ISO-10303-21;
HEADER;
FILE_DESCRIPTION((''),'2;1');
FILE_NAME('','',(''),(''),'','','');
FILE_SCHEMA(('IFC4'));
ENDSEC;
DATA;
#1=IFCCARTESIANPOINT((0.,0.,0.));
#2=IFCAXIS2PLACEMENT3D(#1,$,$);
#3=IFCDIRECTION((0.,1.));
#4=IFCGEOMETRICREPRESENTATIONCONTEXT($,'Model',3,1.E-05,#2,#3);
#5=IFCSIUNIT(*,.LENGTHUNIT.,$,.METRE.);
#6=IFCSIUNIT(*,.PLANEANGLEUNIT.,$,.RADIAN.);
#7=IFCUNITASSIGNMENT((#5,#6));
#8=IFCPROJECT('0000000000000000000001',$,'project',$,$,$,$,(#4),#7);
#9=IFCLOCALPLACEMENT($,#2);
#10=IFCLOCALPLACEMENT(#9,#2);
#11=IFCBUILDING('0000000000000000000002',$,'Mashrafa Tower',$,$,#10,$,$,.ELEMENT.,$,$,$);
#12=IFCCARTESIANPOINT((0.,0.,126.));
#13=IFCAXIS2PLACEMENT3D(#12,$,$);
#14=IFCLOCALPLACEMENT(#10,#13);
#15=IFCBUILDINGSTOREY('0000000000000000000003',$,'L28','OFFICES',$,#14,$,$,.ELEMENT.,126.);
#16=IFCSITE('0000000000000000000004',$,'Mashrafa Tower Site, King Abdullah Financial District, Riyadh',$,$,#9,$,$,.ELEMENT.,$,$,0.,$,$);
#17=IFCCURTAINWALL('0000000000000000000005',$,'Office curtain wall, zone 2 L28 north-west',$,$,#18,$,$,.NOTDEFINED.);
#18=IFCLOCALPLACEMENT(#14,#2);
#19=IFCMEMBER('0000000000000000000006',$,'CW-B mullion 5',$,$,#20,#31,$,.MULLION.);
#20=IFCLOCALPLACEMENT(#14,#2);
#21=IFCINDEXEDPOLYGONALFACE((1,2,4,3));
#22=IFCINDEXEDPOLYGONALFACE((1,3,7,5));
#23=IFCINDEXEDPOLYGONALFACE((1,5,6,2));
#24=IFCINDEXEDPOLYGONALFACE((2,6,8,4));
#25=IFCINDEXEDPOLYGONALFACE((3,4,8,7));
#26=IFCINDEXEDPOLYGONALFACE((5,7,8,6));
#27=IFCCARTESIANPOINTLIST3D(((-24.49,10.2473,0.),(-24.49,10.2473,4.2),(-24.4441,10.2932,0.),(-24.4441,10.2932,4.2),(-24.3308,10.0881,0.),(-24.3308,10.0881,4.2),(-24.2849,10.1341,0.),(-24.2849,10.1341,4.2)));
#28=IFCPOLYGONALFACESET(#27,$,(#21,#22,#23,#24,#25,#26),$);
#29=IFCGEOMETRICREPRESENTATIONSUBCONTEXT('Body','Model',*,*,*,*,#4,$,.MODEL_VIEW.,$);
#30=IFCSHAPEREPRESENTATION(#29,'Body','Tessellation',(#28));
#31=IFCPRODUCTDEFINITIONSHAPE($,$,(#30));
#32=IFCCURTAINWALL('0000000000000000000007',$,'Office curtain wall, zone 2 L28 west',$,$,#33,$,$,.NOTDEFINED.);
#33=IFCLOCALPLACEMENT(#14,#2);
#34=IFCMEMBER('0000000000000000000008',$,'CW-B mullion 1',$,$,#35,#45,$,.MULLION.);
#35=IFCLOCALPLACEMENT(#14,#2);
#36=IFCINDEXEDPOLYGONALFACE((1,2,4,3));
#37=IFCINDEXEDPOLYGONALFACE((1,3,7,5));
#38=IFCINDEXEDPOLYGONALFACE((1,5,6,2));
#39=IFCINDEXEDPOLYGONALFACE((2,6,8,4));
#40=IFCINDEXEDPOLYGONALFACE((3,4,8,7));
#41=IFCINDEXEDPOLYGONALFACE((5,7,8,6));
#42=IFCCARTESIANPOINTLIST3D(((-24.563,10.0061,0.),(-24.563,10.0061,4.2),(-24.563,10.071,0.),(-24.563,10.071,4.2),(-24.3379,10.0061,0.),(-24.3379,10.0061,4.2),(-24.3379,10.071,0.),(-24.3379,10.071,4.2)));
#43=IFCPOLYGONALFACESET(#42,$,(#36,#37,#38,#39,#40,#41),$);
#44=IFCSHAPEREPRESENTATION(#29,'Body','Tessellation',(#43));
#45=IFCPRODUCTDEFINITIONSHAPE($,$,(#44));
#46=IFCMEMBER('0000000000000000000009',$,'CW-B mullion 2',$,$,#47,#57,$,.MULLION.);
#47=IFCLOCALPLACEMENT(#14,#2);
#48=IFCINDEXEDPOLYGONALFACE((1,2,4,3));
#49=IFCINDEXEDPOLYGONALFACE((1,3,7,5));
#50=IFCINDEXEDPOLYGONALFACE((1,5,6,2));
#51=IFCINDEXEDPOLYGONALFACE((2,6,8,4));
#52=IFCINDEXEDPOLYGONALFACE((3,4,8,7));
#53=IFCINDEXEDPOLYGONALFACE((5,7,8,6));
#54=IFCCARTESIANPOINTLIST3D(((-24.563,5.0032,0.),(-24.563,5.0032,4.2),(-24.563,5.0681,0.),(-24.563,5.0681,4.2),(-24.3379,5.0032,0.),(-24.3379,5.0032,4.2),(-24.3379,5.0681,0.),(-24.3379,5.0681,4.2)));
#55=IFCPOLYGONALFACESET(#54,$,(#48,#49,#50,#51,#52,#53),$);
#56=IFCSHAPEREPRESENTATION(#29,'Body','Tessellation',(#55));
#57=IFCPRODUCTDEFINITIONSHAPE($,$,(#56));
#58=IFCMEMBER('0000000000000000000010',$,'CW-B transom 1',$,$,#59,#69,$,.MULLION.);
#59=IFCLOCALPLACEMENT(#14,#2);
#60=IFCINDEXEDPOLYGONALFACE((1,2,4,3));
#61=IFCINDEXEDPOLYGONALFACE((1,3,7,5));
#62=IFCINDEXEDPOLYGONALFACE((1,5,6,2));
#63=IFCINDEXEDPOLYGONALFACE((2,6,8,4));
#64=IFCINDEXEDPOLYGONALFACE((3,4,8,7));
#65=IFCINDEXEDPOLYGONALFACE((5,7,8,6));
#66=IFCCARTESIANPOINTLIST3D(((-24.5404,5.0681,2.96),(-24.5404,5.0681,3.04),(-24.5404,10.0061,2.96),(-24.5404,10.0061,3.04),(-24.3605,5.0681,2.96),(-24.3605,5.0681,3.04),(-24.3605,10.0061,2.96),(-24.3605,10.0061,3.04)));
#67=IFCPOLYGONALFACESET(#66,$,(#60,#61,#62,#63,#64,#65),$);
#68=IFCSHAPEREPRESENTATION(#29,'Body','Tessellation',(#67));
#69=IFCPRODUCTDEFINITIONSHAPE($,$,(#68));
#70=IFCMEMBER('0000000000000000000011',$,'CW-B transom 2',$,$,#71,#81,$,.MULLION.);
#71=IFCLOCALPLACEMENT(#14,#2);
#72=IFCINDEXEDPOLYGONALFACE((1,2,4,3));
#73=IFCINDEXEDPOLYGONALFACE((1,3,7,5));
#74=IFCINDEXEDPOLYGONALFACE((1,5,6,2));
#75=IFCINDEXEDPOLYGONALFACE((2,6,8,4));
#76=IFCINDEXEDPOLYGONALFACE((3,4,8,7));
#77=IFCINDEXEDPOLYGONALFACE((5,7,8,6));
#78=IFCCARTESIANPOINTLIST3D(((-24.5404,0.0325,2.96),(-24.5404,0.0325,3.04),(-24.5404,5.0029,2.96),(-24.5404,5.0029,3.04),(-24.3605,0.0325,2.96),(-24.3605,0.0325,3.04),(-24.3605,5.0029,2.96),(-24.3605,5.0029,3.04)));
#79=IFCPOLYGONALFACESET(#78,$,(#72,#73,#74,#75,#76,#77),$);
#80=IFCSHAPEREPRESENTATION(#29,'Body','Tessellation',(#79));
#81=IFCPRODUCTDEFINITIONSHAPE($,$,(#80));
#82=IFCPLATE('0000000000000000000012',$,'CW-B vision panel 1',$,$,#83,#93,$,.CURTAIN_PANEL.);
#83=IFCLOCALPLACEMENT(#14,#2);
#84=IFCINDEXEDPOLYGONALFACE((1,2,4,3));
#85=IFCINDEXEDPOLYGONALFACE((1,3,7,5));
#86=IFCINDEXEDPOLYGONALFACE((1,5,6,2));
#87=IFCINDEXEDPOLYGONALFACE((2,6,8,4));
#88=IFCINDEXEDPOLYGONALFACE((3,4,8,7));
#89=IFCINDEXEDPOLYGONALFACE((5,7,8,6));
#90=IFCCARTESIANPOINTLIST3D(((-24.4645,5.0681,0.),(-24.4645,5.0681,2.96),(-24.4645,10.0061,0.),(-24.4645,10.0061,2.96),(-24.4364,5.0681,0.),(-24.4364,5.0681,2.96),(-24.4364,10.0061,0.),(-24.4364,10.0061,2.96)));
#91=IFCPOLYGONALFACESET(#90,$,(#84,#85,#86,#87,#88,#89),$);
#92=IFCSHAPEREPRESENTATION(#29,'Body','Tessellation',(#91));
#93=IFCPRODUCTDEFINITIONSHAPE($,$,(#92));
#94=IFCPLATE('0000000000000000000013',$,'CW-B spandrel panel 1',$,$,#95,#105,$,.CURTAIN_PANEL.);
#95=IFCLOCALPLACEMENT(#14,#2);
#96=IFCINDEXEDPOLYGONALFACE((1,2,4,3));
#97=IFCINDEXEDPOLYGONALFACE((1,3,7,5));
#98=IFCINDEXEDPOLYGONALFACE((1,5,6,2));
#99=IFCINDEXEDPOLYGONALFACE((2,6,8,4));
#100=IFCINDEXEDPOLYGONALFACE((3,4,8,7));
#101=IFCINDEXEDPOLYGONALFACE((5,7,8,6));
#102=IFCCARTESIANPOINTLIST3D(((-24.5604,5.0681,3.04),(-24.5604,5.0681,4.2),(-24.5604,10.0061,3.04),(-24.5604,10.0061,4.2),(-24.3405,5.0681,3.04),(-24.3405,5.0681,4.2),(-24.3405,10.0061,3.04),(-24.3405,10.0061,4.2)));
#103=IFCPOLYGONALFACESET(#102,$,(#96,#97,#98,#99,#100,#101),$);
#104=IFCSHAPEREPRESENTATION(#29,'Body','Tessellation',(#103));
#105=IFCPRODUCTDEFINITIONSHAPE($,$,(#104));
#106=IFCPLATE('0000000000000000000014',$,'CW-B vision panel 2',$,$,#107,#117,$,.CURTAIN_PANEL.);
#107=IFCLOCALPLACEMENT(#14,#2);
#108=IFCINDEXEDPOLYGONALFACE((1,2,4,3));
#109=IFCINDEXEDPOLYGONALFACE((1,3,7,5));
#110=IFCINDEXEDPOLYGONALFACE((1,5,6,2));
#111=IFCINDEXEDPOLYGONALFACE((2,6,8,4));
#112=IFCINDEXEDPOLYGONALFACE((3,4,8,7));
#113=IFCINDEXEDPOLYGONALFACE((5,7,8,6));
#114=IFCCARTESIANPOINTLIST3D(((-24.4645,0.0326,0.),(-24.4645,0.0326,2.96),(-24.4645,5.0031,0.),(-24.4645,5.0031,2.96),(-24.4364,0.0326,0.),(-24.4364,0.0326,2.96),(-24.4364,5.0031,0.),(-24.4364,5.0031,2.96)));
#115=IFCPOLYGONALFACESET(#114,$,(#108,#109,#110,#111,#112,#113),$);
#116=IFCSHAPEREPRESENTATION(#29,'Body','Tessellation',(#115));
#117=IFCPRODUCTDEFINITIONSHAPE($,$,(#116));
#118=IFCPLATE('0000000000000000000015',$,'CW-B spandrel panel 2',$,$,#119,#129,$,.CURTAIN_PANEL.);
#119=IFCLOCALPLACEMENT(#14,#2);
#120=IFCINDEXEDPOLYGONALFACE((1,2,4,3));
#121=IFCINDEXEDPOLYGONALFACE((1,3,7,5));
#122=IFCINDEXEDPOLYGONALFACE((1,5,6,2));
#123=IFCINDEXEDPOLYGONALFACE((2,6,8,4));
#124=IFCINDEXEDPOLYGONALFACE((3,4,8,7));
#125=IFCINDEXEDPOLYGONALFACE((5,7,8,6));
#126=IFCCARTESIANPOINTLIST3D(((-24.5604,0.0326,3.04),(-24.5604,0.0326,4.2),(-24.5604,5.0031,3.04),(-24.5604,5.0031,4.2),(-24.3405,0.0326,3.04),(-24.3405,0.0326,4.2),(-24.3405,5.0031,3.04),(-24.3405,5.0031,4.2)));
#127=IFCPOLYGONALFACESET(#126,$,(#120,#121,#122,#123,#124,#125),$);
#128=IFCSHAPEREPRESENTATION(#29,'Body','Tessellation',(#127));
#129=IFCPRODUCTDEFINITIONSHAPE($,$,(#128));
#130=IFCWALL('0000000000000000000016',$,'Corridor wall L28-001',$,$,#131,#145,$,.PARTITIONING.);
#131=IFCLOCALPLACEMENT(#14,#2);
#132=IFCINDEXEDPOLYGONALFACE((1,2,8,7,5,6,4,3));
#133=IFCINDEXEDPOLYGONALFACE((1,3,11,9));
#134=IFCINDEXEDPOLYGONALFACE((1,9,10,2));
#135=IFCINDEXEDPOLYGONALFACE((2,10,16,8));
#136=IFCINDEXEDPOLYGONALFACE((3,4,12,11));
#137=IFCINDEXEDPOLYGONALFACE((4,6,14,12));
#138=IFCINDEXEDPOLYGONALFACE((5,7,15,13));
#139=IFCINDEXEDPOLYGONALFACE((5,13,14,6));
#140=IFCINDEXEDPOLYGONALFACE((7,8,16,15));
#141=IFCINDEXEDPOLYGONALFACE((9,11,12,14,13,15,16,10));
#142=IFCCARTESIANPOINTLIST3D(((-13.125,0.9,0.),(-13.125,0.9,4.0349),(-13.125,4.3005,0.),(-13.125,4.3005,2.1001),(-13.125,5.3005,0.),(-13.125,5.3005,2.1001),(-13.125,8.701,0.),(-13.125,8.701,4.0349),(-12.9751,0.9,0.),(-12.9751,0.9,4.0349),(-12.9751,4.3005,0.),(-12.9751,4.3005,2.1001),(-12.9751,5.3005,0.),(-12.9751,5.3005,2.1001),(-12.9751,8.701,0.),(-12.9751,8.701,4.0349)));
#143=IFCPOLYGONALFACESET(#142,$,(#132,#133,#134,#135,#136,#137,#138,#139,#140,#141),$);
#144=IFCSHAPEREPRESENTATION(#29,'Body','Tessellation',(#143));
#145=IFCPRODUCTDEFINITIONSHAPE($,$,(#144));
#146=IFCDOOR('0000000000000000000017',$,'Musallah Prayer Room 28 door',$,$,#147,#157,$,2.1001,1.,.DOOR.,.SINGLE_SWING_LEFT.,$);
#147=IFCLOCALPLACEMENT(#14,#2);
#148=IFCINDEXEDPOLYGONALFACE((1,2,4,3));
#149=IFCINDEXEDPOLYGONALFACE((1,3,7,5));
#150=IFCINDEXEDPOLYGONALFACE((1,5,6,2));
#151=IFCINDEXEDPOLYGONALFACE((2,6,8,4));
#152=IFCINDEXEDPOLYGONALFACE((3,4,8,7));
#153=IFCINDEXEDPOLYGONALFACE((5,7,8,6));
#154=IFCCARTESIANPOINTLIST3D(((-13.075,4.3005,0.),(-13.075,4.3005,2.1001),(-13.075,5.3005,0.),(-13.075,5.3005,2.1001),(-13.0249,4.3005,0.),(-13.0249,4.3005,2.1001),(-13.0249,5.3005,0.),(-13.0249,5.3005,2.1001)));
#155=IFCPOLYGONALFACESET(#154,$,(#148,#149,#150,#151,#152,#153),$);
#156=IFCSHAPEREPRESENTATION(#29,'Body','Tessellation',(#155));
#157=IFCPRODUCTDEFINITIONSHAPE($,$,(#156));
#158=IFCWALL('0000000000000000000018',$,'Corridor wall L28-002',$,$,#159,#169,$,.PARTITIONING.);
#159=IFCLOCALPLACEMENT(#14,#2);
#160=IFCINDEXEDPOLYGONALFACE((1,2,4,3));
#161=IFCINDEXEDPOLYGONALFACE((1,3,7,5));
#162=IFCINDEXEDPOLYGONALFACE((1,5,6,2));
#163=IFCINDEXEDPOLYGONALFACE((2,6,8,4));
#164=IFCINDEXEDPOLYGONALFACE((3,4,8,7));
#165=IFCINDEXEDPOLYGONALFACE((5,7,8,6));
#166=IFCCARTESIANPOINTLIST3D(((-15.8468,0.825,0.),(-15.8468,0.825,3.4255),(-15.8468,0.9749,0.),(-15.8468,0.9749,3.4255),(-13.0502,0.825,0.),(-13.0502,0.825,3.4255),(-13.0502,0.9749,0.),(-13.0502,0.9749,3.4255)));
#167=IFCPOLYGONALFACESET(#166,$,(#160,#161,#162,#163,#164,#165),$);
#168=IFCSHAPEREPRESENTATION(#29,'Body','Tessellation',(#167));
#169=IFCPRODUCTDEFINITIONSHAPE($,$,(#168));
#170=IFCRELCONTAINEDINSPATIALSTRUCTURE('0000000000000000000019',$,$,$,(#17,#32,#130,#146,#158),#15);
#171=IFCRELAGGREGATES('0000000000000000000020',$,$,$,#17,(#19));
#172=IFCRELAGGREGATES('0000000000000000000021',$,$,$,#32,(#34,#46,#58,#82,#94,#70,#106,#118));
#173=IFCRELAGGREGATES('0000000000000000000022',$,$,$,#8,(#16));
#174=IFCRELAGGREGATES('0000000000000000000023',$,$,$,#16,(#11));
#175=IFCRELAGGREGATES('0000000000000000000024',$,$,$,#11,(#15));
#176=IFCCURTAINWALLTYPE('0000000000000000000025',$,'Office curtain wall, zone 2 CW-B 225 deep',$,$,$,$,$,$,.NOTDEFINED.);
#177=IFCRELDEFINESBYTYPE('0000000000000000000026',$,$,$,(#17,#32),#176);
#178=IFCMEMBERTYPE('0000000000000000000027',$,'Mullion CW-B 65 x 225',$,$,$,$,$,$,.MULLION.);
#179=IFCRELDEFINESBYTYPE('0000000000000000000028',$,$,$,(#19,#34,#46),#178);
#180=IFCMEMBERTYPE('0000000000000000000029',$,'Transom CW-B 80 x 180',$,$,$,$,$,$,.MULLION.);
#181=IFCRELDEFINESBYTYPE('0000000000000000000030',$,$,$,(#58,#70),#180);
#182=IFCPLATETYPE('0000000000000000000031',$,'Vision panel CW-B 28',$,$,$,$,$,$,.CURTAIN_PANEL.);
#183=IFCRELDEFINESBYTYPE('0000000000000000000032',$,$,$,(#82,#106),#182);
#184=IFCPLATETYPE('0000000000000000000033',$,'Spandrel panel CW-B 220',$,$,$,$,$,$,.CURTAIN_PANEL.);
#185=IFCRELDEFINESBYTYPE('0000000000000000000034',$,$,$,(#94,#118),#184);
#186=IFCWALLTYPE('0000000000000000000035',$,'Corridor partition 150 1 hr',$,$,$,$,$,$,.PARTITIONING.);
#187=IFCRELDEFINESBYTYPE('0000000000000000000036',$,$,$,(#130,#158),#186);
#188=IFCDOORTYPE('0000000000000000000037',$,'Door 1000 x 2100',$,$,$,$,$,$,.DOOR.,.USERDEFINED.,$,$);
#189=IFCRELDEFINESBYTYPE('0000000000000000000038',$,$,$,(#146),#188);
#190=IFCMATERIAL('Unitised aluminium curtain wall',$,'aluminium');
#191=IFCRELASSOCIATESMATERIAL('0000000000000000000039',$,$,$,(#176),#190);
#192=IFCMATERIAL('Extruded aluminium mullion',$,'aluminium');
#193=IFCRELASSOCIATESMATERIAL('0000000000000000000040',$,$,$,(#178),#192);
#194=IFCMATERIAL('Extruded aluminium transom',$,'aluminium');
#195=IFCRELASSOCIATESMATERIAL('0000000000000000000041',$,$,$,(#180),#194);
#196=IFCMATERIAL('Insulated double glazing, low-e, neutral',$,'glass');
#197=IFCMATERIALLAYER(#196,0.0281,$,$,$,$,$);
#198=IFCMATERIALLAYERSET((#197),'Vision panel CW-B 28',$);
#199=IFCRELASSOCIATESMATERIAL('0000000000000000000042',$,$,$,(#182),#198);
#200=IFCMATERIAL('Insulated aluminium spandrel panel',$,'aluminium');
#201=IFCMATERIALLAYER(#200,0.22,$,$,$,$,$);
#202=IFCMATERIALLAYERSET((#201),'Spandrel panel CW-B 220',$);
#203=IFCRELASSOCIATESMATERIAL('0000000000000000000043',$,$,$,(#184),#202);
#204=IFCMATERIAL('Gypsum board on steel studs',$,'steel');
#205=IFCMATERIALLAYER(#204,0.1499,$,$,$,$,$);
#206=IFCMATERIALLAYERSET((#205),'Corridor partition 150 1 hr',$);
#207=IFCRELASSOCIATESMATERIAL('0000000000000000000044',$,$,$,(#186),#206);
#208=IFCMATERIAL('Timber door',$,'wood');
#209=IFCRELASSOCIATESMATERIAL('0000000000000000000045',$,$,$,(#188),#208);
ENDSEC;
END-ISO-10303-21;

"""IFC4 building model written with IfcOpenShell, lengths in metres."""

from ifc_helpers import new_model, si_unit, direction, frame, frame_2d, origin, origin_2d, place, context, subcontext, project, spatial, rectangle, extrude, source, transform, mapped, material, layer, layer_set, material_profile, profile_set, type_object, type_shapes, element, fill, aggregate, save


model = new_model("IFC4")

# Units and contexts
model_context = context("Model", 3, precision=1e-05, world=origin(), true_north=direction((0.0, 1.0)))
body_context = subcontext(model_context, "Body", "Model", "MODEL_VIEW")
ifc_project = project(units=[si_unit("LENGTHUNIT", "METRE"), si_unit("PLANEANGLEUNIT", "RADIAN")], contexts=[model_context])

# Site, building, storey
site_placement = place(None, origin())
site = spatial("IfcSite", under=ifc_project, at=site_placement, Name="Mashrafa Tower Site, King Abdullah Financial District, Riyadh", CompositionType="ELEMENT", RefElevation=0.0)
building_placement = place(site_placement, origin())
building = spatial("IfcBuilding", under=site, at=building_placement, Name="Mashrafa Tower", CompositionType="ELEMENT")
storey_placement = place(building_placement, frame((0.0, 0.0, 126.0)))
storey = spatial("IfcBuildingStorey", under=building, at=storey_placement, Name="L28", Description="OFFICES", CompositionType="ELEMENT", Elevation=126.0)

# Curtain wall, member
ifc_material_1 = material(Name="Unitised aluminium curtain wall", Category="aluminium")
curtain_wall_type = type_object("IfcCurtainWallType", Name="Office curtain wall, zone 2 CW-B 225 deep", PredefinedType="NOTDEFINED", material=ifc_material_1)
curtain_wall_1_placement = place(storey_placement, origin())
curtain_wall_1 = element("IfcCurtainWall", 1, at=curtain_wall_1_placement, inside=storey, type_object=curtain_wall_type, Name="Office curtain wall, zone 2 L28 north-west", PredefinedType="NOTDEFINED")
ifc_material_2 = material(Name="Extruded aluminium mullion", Category="aluminium")
ifc_material_profile_1 = material_profile(ifc_material_2, rectangle(XDim=0.2251, YDim=0.0649, at=origin_2d()), Name="Mullion 65x225")
ifc_profile_set_1 = profile_set([ifc_material_profile_1], Name="Extruded aluminium mullion")
member_type_1 = type_object("IfcMemberType", Name="Mullion CW-B 65 x 225", PredefinedType="MULLION", material=ifc_profile_set_1)
shared_shape_1 = source(origin(), body_context, "Body", "SweptSolid", [
    extrude(rectangle(XDim=0.2251, YDim=0.0649, at=origin_2d()), origin(), (0.0, 0.0, 1.0), 4.2),
])
type_shapes(member_type_1, [shared_shape_1])
member_1_placement = place(storey_placement, frame((-24.3875, 10.1907, 0.0), z_axis=(0.0, 0.0, 1.0), x_axis=(0.707107, -0.707107, 0.0)))
member_1 = element("IfcMember", 2, at=member_1_placement, type_object=member_type_1, Name="CW-B mullion 5", PredefinedType="MULLION", context=body_context, shape_type="MappedRepresentation", body=[
    mapped(shared_shape_1, transform((0.0, 0.0, 0.0))),
])
aggregate(curtain_wall_1, [member_1])

# Curtain wall, members, plates
curtain_wall_2_placement = place(storey_placement, origin())
curtain_wall_2 = element("IfcCurtainWall", 3, at=curtain_wall_2_placement, inside=storey, type_object=curtain_wall_type, Name="Office curtain wall, zone 2 L28 west", PredefinedType="NOTDEFINED")
member_2_placement = place(storey_placement, frame((-24.4504, 10.0386, 0.0), z_axis=(0.0, 0.0, 1.0), x_axis=(1.0, 0.0, 0.0)))
member_2 = element("IfcMember", 4, at=member_2_placement, type_object=member_type_1, Name="CW-B mullion 1", PredefinedType="MULLION", context=body_context, shape_type="MappedRepresentation", body=[
    mapped(shared_shape_1, transform((0.0, 0.0, 0.0))),
])
member_3_placement = place(storey_placement, frame((-24.4504, 5.0356, 0.0), z_axis=(0.0, 0.0, 1.0), x_axis=(1.0, 0.0, 0.0)))
member_3 = element("IfcMember", 5, at=member_3_placement, type_object=member_type_1, Name="CW-B mullion 2", PredefinedType="MULLION", context=body_context, shape_type="MappedRepresentation", body=[
    mapped(shared_shape_1, transform((0.0, 0.0, 0.0))),
])
ifc_material_3 = material(Name="Extruded aluminium transom", Category="aluminium")
ifc_material_profile_2 = material_profile(ifc_material_3, rectangle(XDim=0.1799, YDim=0.0801, at=origin_2d()), Name="Transom 80x180")
ifc_profile_set_2 = profile_set([ifc_material_profile_2], Name="Extruded aluminium transom")
member_type_2 = type_object("IfcMemberType", Name="Transom CW-B 80 x 180", PredefinedType="MULLION", material=ifc_profile_set_2)
shared_shape_2 = source(origin(), body_context, "Body", "SweptSolid", [
    extrude(rectangle(XDim=0.1799, YDim=0.0801, at=origin_2d()), origin(), (0.0, 0.0, 1.0), 4.938),
])
member_4_placement = place(storey_placement, frame((-24.4504, 10.0061, 3.0), z_axis=(0.0, -1.0, 0.0), x_axis=(1.0, 0.0, 0.0)))
member_4 = element("IfcMember", 6, at=member_4_placement, type_object=member_type_2, Name="CW-B transom 1", PredefinedType="MULLION", context=body_context, shape_type="MappedRepresentation", body=[
    mapped(shared_shape_2, transform((0.0, 0.0, 0.0))),
])
shared_shape_3 = source(origin(), body_context, "Body", "SweptSolid", [
    extrude(rectangle(XDim=0.1799, YDim=0.0801, at=origin_2d()), origin(), (0.0, 0.0, 1.0), 4.9705),
])
type_shapes(member_type_2, [shared_shape_2, shared_shape_3])
member_5_placement = place(storey_placement, frame((-24.4504, 5.0029, 3.0), z_axis=(0.0, -1.0, 0.0), x_axis=(1.0, 0.0, 0.0)))
member_5 = element("IfcMember", 7, at=member_5_placement, type_object=member_type_2, Name="CW-B transom 2", PredefinedType="MULLION", context=body_context, shape_type="MappedRepresentation", body=[
    mapped(shared_shape_3, transform((0.0, 0.0, 0.0))),
])
ifc_material_4 = material(Name="Insulated double glazing, low-e, neutral", Category="glass")
ifc_layer_1 = layer(ifc_material_4, 0.0281)
ifc_layer_set_1 = layer_set([ifc_layer_1], Name="Vision panel CW-B 28")
plate_type_1 = type_object("IfcPlateType", Name="Vision panel CW-B 28", PredefinedType="CURTAIN_PANEL", material=ifc_layer_set_1)
shared_shape_4 = source(origin(), body_context, "Body", "SweptSolid", [
    extrude(rectangle(XDim=4.938, YDim=0.0281, at=origin_2d()), origin(), (0.0, 0.0, 1.0), 2.96),
])
plate_1_placement = place(storey_placement, frame((-24.4504, 7.5371, 0.0), z_axis=(0.0, 0.0, 1.0), x_axis=(0.0, -1.0, 0.0)))
plate_1 = element("IfcPlate", 8, at=plate_1_placement, type_object=plate_type_1, Name="CW-B vision panel 1", PredefinedType="CURTAIN_PANEL", context=body_context, shape_type="MappedRepresentation", body=[
    mapped(shared_shape_4, transform((0.0, 0.0, 0.0))),
])
ifc_material_5 = material(Name="Insulated aluminium spandrel panel", Category="aluminium")
ifc_layer_2 = layer(ifc_material_5, 0.22)
ifc_layer_set_2 = layer_set([ifc_layer_2], Name="Spandrel panel CW-B 220")
plate_type_2 = type_object("IfcPlateType", Name="Spandrel panel CW-B 220", PredefinedType="CURTAIN_PANEL", material=ifc_layer_set_2)
shared_shape_5 = source(origin(), body_context, "Body", "SweptSolid", [
    extrude(rectangle(XDim=4.938, YDim=0.22, at=origin_2d()), origin(), (0.0, 0.0, 1.0), 1.1599),
])
plate_2_placement = place(storey_placement, frame((-24.4504, 7.5371, 3.04), z_axis=(0.0, 0.0, 1.0), x_axis=(0.0, -1.0, 0.0)))
plate_2 = element("IfcPlate", 9, at=plate_2_placement, type_object=plate_type_2, Name="CW-B spandrel panel 1", PredefinedType="CURTAIN_PANEL", context=body_context, shape_type="MappedRepresentation", body=[
    mapped(shared_shape_5, transform((0.0, 0.0, 0.0))),
])
shared_shape_6 = source(origin(), body_context, "Body", "SweptSolid", [
    extrude(rectangle(XDim=4.9705, YDim=0.0281, at=origin_2d()), origin(), (0.0, 0.0, 1.0), 2.96),
])
type_shapes(plate_type_1, [shared_shape_4, shared_shape_6])
plate_3_placement = place(storey_placement, frame((-24.4504, 2.5178, 0.0), z_axis=(0.0, 0.0, 1.0), x_axis=(0.0, -1.0, 0.0)))
plate_3 = element("IfcPlate", 10, at=plate_3_placement, type_object=plate_type_1, Name="CW-B vision panel 2", PredefinedType="CURTAIN_PANEL", context=body_context, shape_type="MappedRepresentation", body=[
    mapped(shared_shape_6, transform((0.0, 0.0, 0.0))),
])
shared_shape_7 = source(origin(), body_context, "Body", "SweptSolid", [
    extrude(rectangle(XDim=4.9705, YDim=0.22, at=origin_2d()), origin(), (0.0, 0.0, 1.0), 1.1599),
])
type_shapes(plate_type_2, [shared_shape_5, shared_shape_7])
plate_4_placement = place(storey_placement, frame((-24.4504, 2.5178, 3.04), z_axis=(0.0, 0.0, 1.0), x_axis=(0.0, -1.0, 0.0)))
plate_4 = element("IfcPlate", 11, at=plate_4_placement, type_object=plate_type_2, Name="CW-B spandrel panel 2", PredefinedType="CURTAIN_PANEL", context=body_context, shape_type="MappedRepresentation", body=[
    mapped(shared_shape_7, transform((0.0, 0.0, 0.0))),
])
aggregate(curtain_wall_2, [member_2, member_3, member_4, plate_1, plate_2, member_5, plate_3, plate_4])

# Wall, opening, door
ifc_material_6 = material(Name="Gypsum board on steel studs", Category="steel")
ifc_layer_3 = layer(ifc_material_6, 0.1499)
ifc_layer_set_3 = layer_set([ifc_layer_3], Name="Corridor partition 150 1 hr")
wall_type_1 = type_object("IfcWallType", Name="Corridor partition 150 1 hr", PredefinedType="PARTITIONING", material=ifc_layer_set_3)
wall_1_placement = place(storey_placement, frame((-13.05, 8.7009, 0.0), z_axis=(0.0, 0.0, 1.0), x_axis=(0.0, -1.0, 0.0)))
wall_1 = element("IfcWall", 12, at=wall_1_placement, inside=storey, type_object=wall_type_1, Name="Corridor wall L28-001", PredefinedType="PARTITIONING", context=body_context, shape_type="SweptSolid", body=[
    extrude(rectangle(XDim=7.801, YDim=0.1499, at=frame_2d((3.9004, 0.0))), origin(), (0.0, 0.0, 1.0), 4.0349),
])
opening_1_placement = place(wall_1_placement, frame((3.4004, 0.0, 0.0)))
opening_1 = element("IfcOpeningElement", 13, at=opening_1_placement, cuts=wall_1, PredefinedType="OPENING", context=body_context, shape_type="SweptSolid", body=[
    extrude(rectangle(XDim=1.0, YDim=2.1001, at=frame_2d((0.5, 1.05))), frame((0.0, 0.085, 0.0), z_axis=(0.0, -1.0, 0.0), x_axis=(1.0, 0.0, 0.0)), (0.0, 0.0, 1.0), 0.1699),
])
ifc_material_7 = material(Name="Timber door", Category="wood")
door_type_1 = type_object("IfcDoorType", Name="Door 1000 x 2100", OperationType="USERDEFINED", PredefinedType="DOOR", material=ifc_material_7)
door_1_placement = place(opening_1_placement, frame((1.0, 0.0, 0.0), z_axis=(0.0, 0.0, 1.0), x_axis=(-1.0, 0.0, 0.0)))
door_1 = element("IfcDoor", 14, at=door_1_placement, inside=storey, type_object=door_type_1, Name="Musallah Prayer Room 28 door", OperationType="SINGLE_SWING_LEFT", OverallHeight=2.1001, OverallWidth=1.0, PredefinedType="DOOR", context=body_context, shape_type="SweptSolid", body=[
    extrude(rectangle(XDim=1.0, YDim=2.1001, at=frame_2d((0.5, 1.05))), frame((0.0, 0.0249, 0.0), z_axis=(0.0, -1.0, 0.0), x_axis=(1.0, 0.0, 0.0)), (0.0, 0.0, 1.0), 0.05),
])
fill(opening_1, door_1)

# Wall
wall_2_placement = place(storey_placement, frame((-13.05, 0.8999, 0.0), z_axis=(0.0, 0.0, 1.0), x_axis=(-1.0, 0.0, 0.0)))
element("IfcWall", 15, at=wall_2_placement, inside=storey, type_object=wall_type_1, Name="Corridor wall L28-002", PredefinedType="PARTITIONING", context=body_context, shape_type="SweptSolid", body=[
    extrude(rectangle(XDim=2.7966, YDim=0.1499, at=frame_2d((1.3984, 0.0))), origin(), (0.0, 0.0, 1.0), 3.4255),
])

save(model, "model.ifc")
